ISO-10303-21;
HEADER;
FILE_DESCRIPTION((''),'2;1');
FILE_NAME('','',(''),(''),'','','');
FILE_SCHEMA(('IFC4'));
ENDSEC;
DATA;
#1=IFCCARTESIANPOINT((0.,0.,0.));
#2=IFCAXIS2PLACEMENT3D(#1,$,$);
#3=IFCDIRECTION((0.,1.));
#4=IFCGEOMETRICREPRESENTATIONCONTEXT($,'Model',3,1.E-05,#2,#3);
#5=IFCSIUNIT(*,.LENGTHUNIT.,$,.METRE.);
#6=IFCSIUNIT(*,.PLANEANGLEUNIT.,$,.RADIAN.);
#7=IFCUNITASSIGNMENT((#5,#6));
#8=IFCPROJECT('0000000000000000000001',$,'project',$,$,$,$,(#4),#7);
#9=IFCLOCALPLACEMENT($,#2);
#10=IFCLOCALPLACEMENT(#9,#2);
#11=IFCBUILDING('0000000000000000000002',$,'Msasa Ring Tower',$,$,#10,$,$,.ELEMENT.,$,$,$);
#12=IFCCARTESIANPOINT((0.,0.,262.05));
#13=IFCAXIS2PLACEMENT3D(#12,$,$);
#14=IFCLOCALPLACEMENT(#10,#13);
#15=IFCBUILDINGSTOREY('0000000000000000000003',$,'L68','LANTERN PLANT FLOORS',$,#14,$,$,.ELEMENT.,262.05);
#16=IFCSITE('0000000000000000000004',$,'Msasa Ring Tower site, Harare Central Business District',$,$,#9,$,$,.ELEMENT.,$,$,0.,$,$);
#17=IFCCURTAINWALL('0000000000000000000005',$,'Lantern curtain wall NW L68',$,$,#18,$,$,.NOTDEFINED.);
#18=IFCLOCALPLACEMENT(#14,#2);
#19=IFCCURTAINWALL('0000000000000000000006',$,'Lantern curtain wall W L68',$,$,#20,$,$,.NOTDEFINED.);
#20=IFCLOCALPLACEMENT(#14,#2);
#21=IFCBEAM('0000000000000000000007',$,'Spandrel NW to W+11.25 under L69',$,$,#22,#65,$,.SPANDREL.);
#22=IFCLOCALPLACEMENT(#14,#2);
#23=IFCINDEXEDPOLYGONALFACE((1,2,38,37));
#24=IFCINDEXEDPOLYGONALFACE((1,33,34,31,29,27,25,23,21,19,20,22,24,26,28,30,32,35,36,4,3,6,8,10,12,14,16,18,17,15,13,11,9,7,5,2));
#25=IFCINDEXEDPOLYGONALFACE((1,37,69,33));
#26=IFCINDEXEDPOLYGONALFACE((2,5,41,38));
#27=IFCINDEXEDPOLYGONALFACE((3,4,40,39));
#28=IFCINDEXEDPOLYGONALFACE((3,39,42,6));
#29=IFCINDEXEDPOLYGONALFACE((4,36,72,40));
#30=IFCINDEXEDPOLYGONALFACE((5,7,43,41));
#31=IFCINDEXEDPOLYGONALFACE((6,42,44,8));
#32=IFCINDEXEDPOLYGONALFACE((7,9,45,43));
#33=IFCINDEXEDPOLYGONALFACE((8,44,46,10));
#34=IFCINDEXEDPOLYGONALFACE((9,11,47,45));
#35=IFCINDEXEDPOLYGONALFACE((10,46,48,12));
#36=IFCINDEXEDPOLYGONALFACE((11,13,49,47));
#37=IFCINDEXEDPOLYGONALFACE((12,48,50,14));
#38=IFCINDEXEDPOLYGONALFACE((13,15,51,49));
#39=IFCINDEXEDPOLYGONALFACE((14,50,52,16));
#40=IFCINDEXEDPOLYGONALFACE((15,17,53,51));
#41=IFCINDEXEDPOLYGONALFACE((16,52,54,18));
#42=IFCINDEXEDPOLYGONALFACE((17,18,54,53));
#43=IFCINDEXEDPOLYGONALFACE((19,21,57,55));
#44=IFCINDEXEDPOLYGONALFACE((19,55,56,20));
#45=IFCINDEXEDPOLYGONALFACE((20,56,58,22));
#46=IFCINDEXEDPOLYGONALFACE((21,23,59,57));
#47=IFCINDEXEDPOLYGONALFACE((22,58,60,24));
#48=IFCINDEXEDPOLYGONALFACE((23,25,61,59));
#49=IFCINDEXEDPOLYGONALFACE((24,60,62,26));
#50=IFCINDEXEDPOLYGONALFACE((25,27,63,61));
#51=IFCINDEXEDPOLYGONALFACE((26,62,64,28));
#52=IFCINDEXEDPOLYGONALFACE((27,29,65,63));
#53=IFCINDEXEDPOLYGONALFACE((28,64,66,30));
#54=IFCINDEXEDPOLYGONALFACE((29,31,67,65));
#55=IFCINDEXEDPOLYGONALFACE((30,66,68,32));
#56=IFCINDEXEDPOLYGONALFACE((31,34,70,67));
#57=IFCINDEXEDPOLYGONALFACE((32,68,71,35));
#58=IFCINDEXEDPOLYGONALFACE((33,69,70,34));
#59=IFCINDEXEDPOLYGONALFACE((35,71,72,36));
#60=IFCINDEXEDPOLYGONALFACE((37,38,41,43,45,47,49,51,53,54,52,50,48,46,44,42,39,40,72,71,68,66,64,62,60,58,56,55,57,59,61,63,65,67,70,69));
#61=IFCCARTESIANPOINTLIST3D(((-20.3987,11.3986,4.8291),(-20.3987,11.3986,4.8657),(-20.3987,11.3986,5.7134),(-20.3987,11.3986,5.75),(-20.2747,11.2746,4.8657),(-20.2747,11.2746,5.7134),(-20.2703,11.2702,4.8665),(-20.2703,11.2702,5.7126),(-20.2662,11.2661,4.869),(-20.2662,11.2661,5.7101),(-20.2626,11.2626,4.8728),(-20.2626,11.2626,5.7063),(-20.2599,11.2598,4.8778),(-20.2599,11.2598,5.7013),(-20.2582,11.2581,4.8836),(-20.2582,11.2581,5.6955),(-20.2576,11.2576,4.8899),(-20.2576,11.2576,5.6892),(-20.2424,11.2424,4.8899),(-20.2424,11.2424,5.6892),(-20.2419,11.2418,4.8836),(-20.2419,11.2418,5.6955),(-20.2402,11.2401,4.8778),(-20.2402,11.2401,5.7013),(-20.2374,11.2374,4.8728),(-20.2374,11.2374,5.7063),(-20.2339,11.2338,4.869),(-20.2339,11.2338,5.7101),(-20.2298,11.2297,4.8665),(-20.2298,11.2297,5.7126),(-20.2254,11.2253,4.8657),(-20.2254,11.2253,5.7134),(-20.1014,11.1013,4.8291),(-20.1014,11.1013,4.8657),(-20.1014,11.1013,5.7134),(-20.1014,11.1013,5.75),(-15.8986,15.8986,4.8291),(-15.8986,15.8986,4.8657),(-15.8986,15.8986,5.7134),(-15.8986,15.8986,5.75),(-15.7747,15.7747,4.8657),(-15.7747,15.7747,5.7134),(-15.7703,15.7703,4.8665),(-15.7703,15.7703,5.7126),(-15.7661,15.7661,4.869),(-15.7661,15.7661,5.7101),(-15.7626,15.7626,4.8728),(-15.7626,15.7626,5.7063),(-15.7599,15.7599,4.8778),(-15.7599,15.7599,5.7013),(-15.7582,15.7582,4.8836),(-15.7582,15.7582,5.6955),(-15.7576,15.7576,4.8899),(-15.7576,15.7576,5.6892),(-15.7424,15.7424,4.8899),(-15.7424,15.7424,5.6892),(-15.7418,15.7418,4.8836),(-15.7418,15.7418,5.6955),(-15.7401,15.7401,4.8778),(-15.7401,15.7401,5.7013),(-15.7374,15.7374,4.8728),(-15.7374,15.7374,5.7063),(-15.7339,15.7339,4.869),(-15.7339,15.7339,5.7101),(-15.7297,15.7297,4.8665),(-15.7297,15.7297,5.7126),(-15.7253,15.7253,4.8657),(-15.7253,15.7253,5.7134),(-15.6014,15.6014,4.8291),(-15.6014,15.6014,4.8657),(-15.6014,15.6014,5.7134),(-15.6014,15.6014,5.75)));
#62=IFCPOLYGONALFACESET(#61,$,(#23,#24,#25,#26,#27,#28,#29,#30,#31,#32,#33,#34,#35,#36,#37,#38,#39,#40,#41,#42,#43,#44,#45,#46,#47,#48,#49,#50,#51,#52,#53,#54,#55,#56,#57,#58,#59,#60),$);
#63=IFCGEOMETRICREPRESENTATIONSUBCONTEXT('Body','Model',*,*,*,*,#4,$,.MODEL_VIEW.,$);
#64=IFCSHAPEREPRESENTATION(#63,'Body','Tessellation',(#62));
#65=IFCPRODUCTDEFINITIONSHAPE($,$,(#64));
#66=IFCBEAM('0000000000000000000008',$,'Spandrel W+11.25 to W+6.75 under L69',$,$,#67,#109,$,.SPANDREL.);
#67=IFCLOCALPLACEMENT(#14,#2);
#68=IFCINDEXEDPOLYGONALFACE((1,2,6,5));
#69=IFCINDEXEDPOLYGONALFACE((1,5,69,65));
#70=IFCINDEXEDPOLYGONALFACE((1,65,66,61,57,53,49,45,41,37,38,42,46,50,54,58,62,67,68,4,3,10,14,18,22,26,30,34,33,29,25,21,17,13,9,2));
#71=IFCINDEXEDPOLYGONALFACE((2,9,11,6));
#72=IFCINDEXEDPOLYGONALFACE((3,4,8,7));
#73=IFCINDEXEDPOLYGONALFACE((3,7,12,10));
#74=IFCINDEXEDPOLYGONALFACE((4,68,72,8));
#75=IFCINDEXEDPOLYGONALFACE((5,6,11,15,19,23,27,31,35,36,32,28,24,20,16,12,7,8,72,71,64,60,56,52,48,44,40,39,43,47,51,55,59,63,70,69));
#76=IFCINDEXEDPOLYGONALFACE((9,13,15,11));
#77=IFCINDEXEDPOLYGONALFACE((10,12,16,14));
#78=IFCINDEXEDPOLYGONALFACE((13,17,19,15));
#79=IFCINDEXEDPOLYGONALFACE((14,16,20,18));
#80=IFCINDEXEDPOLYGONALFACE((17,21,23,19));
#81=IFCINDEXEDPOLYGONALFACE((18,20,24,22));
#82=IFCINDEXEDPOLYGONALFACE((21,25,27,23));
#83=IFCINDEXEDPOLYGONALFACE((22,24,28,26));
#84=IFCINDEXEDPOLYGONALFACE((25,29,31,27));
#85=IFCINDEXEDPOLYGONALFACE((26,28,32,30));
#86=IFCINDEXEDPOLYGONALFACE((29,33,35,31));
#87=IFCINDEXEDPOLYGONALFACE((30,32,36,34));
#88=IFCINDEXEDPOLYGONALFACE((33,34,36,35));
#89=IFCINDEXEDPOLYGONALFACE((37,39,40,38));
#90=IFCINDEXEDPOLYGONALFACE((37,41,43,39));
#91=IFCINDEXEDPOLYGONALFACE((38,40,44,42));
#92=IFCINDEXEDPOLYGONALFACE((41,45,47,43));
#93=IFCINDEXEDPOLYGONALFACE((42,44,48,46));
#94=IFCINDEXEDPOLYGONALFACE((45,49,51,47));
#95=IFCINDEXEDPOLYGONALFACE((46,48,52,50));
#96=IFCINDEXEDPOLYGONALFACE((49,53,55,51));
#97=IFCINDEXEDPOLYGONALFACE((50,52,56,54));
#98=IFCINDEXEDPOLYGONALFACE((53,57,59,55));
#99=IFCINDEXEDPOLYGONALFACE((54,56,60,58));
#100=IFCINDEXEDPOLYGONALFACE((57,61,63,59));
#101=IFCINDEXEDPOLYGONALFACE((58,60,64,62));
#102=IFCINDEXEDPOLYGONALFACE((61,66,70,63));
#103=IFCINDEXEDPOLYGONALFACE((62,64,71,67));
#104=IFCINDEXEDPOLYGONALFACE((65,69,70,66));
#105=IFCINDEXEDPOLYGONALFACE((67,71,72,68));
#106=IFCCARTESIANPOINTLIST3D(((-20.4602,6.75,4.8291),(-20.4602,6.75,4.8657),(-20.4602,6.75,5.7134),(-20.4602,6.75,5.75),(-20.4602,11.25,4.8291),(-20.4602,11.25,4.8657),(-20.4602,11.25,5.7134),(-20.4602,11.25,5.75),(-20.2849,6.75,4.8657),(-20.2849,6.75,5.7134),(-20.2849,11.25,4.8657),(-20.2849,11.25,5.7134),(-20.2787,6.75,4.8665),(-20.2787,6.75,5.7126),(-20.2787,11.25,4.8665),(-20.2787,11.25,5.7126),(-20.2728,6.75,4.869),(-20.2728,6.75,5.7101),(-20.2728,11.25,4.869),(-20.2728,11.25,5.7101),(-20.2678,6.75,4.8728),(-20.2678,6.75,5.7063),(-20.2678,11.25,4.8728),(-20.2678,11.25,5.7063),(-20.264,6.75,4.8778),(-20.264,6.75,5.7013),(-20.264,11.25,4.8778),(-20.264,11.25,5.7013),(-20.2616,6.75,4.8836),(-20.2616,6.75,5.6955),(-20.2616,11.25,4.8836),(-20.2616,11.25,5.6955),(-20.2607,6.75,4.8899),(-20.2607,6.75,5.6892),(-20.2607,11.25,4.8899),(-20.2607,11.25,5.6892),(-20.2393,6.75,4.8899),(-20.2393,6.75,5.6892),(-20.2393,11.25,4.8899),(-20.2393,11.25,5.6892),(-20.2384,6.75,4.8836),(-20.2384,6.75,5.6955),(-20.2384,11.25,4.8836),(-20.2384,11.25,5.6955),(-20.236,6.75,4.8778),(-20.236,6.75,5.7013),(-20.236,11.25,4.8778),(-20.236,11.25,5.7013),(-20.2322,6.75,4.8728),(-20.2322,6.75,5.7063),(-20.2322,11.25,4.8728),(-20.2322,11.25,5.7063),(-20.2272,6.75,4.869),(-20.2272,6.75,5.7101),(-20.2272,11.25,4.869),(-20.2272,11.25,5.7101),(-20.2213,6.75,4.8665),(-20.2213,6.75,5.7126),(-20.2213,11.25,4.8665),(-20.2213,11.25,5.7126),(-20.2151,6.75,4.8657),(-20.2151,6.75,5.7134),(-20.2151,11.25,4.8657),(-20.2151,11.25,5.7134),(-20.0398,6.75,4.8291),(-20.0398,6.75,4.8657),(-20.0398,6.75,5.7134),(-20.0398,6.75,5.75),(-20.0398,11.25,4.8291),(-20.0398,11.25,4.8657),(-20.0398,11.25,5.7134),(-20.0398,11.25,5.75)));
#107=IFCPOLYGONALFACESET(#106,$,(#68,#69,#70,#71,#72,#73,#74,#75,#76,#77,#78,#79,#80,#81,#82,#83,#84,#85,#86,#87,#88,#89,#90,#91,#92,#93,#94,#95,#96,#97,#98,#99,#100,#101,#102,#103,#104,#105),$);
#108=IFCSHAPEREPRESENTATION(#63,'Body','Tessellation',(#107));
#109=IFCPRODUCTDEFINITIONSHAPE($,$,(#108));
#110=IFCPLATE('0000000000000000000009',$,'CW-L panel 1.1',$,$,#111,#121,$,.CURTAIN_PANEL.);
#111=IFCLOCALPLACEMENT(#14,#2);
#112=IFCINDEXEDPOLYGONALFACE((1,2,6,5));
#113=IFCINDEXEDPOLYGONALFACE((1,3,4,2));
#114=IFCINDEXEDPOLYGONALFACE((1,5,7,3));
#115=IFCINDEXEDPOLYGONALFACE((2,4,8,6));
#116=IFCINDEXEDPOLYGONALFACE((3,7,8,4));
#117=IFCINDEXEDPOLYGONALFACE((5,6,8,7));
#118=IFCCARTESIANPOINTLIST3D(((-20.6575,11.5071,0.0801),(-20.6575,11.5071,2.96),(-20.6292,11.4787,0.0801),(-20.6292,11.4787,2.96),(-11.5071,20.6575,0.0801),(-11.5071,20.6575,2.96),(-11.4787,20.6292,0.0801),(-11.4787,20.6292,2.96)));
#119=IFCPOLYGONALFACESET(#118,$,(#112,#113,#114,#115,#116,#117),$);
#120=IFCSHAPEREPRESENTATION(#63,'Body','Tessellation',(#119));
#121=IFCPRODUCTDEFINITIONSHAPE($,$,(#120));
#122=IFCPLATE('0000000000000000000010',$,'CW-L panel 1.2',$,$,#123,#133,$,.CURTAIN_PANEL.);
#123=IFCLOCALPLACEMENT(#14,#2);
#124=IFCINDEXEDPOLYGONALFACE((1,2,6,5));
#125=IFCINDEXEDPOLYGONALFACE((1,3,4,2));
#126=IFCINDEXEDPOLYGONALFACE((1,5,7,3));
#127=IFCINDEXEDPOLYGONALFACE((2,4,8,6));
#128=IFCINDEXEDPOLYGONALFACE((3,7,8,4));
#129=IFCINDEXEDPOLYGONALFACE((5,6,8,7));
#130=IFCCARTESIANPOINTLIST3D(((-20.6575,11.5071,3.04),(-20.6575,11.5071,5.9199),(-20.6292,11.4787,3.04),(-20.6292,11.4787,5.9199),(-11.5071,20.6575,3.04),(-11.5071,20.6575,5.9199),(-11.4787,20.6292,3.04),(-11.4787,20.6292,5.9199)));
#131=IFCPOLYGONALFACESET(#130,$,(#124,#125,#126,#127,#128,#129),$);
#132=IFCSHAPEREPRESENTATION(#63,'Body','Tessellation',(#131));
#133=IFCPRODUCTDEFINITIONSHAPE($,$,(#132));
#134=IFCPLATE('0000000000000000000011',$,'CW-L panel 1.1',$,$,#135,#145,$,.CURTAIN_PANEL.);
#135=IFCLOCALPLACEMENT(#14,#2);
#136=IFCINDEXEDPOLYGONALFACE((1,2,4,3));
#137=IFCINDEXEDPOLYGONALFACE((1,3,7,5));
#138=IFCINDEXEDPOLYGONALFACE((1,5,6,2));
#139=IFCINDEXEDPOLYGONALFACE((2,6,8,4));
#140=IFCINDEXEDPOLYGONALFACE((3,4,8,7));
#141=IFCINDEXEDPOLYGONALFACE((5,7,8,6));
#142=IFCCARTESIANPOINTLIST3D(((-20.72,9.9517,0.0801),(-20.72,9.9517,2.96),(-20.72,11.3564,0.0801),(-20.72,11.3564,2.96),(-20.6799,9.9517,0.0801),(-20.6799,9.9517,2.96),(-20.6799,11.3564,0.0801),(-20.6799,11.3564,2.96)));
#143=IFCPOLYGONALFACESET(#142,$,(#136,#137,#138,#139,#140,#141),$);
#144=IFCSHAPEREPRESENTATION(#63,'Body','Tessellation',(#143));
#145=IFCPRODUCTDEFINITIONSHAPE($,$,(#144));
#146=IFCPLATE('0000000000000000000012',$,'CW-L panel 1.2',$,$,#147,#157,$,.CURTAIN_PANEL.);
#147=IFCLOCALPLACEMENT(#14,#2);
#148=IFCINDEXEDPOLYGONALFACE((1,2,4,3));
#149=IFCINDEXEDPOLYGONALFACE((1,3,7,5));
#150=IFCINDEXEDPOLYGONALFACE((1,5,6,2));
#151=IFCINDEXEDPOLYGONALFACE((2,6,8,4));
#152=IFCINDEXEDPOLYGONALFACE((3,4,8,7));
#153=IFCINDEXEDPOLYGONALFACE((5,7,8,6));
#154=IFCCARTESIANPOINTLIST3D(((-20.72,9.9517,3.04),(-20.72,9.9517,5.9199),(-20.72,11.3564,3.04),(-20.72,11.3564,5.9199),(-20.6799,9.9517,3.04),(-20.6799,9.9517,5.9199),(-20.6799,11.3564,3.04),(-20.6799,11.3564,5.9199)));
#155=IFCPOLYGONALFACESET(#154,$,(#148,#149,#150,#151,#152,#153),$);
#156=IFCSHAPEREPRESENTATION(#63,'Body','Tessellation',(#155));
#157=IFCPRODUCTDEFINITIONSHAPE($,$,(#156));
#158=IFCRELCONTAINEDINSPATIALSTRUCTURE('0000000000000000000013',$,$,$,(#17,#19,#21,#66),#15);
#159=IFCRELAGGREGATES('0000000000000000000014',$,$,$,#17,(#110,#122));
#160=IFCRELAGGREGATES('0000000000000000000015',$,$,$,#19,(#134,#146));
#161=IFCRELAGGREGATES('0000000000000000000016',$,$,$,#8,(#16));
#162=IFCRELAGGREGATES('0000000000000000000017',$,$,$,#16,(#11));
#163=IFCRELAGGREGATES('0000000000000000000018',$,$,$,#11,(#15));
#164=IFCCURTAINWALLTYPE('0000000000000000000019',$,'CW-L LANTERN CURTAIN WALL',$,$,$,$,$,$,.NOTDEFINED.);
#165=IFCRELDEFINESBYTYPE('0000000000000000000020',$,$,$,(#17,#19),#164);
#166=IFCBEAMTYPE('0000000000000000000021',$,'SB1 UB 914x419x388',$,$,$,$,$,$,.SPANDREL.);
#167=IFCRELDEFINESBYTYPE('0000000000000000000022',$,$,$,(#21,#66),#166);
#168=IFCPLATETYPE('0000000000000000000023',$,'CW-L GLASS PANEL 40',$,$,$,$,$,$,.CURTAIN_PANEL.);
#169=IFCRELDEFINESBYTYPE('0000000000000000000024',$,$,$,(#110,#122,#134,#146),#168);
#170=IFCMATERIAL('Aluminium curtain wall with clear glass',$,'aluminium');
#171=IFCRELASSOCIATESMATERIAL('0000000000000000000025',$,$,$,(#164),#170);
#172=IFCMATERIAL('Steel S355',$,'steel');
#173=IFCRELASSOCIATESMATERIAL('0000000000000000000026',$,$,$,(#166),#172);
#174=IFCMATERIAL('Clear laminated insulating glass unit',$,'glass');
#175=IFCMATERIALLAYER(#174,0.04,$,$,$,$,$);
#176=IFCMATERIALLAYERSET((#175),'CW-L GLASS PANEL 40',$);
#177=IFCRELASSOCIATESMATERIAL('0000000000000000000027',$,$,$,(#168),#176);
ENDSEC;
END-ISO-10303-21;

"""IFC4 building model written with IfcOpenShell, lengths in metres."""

from ifc_helpers import new_model, si_unit, direction, frame, origin, origin_2d, place, context, subcontext, project, spatial, rectangle, i_section, extrude, material, layer, layer_set, material_profile, profile_set, type_object, element, aggregate, save


model = new_model("IFC4")

# Units and contexts
model_context = context("Model", 3, precision=1e-05, world=origin(), true_north=direction((0.0, 1.0)))
body_context = subcontext(model_context, "Body", "Model", "MODEL_VIEW")
ifc_project = project(units=[si_unit("LENGTHUNIT", "METRE"), si_unit("PLANEANGLEUNIT", "RADIAN")], contexts=[model_context])

# Site, building, storey
site_placement = place(None, origin())
site = spatial("IfcSite", under=ifc_project, at=site_placement, Name="Msasa Ring Tower site, Harare Central Business District", CompositionType="ELEMENT", RefElevation=0.0)
building_placement = place(site_placement, origin())
building = spatial("IfcBuilding", under=site, at=building_placement, Name="Msasa Ring Tower", CompositionType="ELEMENT")
storey_placement = place(building_placement, frame((0.0, 0.0, 262.05)))
storey = spatial("IfcBuildingStorey", under=building, at=storey_placement, Name="L68", Description="LANTERN PLANT FLOORS", CompositionType="ELEMENT", Elevation=262.05)

# Shared definitions
ifc_material_1 = material(Name="Aluminium curtain wall with clear glass", Category="aluminium")
curtain_wall_type = type_object("IfcCurtainWallType", Name="CW-L LANTERN CURTAIN WALL", PredefinedType="NOTDEFINED", material=ifc_material_1)

# Curtain wall
curtain_wall_1_placement = place(storey_placement, origin())
curtain_wall_1 = element("IfcCurtainWall", 1, at=curtain_wall_1_placement, inside=storey, type_object=curtain_wall_type, Name="Lantern curtain wall NW L68", PredefinedType="NOTDEFINED")

# Curtain wall
curtain_wall_2_placement = place(storey_placement, origin())
curtain_wall_2 = element("IfcCurtainWall", 2, at=curtain_wall_2_placement, inside=storey, type_object=curtain_wall_type, Name="Lantern curtain wall W L68", PredefinedType="NOTDEFINED")

# Beams
ifc_material_2 = material(Name="Steel S355", Category="steel")
ifc_material_profile_1 = material_profile(ifc_material_2, i_section(OverallWidth=0.4204, OverallDepth=0.9209, WebThickness=0.0215, FlangeThickness=0.0366, FilletRadius=0.0242, at=origin_2d()), Name="UB 914x419x388")
ifc_profile_set_1 = profile_set([ifc_material_profile_1], Name="Steel S355")
beam_type = type_object("IfcBeamType", Name="SB1 UB 914x419x388", PredefinedType="SPANDREL", material=ifc_profile_set_1)
beam_1_placement = place(storey_placement, frame((-15.75, 15.75, 5.2896), z_axis=(-0.707107, -0.707107, 0.0), x_axis=(0.707107, -0.707107, 0.0)))
element("IfcBeam", 3, at=beam_1_placement, inside=storey, type_object=beam_type, Name="Spandrel NW to W+11.25 under L69", PredefinedType="SPANDREL", context=body_context, shape_type="SweptSolid", body=[
    extrude(i_section(OverallWidth=0.4204, OverallDepth=0.9209, WebThickness=0.0215, FlangeThickness=0.0366, FilletRadius=0.0242, at=origin_2d()), origin(), (0.0, 0.0, 1.0), 6.364),
])
beam_2_placement = place(storey_placement, frame((-20.25, 11.25, 5.2896), z_axis=(0.0, -1.0, 0.0), x_axis=(1.0, 0.0, 0.0)))
element("IfcBeam", 4, at=beam_2_placement, inside=storey, type_object=beam_type, Name="Spandrel W+11.25 to W+6.75 under L69", PredefinedType="SPANDREL", context=body_context, shape_type="SweptSolid", body=[
    extrude(i_section(OverallWidth=0.4204, OverallDepth=0.9209, WebThickness=0.0215, FlangeThickness=0.0366, FilletRadius=0.0242, at=origin_2d()), origin(), (0.0, 0.0, 1.0), 4.5),
])

# Plates
ifc_material_3 = material(Name="Clear laminated insulating glass unit", Category="glass")
ifc_layer = layer(ifc_material_3, 0.04)
ifc_layer_set = layer_set([ifc_layer], Name="CW-L GLASS PANEL 40")
plate_type = type_object("IfcPlateType", Name="CW-L GLASS PANEL 40", PredefinedType="CURTAIN_PANEL", material=ifc_layer_set)
plate_1_placement = place(storey_placement, frame((-16.0681, 16.0681, 0.0801), z_axis=(0.0, 0.0, 1.0), x_axis=(-0.707107, -0.707107, 0.0)))
plate_1 = element("IfcPlate", 5, at=plate_1_placement, type_object=plate_type, Name="CW-L panel 1.1", PredefinedType="CURTAIN_PANEL", context=body_context, shape_type="SweptSolid", body=[
    extrude(rectangle(XDim=12.9407, YDim=0.04, at=origin_2d()), origin(), (0.0, 0.0, 1.0), 2.8799),
])
plate_2_placement = place(storey_placement, frame((-16.0681, 16.0681, 3.04), z_axis=(0.0, 0.0, 1.0), x_axis=(-0.707107, -0.707107, 0.0)))
plate_2 = element("IfcPlate", 6, at=plate_2_placement, type_object=plate_type, Name="CW-L panel 1.2", PredefinedType="CURTAIN_PANEL", context=body_context, shape_type="SweptSolid", body=[
    extrude(rectangle(XDim=12.9407, YDim=0.04, at=origin_2d()), origin(), (0.0, 0.0, 1.0), 2.8799),
])
aggregate(curtain_wall_1, [plate_1, plate_2])
plate_3_placement = place(storey_placement, frame((-20.7, 10.6541, 0.0801), z_axis=(0.0, 0.0, 1.0), x_axis=(0.0, -1.0, 0.0)))
plate_3 = element("IfcPlate", 7, at=plate_3_placement, type_object=plate_type, Name="CW-L panel 1.1", PredefinedType="CURTAIN_PANEL", context=body_context, shape_type="SweptSolid", body=[
    extrude(rectangle(XDim=1.4048, YDim=0.04, at=origin_2d()), origin(), (0.0, 0.0, 1.0), 2.8799),
])
plate_4_placement = place(storey_placement, frame((-20.7, 10.6541, 3.04), z_axis=(0.0, 0.0, 1.0), x_axis=(0.0, -1.0, 0.0)))
plate_4 = element("IfcPlate", 8, at=plate_4_placement, type_object=plate_type, Name="CW-L panel 1.2", PredefinedType="CURTAIN_PANEL", context=body_context, shape_type="SweptSolid", body=[
    extrude(rectangle(XDim=1.4048, YDim=0.04, at=origin_2d()), origin(), (0.0, 0.0, 1.0), 2.8799),
])
aggregate(curtain_wall_2, [plate_3, plate_4])

save(model, "model.ifc")
